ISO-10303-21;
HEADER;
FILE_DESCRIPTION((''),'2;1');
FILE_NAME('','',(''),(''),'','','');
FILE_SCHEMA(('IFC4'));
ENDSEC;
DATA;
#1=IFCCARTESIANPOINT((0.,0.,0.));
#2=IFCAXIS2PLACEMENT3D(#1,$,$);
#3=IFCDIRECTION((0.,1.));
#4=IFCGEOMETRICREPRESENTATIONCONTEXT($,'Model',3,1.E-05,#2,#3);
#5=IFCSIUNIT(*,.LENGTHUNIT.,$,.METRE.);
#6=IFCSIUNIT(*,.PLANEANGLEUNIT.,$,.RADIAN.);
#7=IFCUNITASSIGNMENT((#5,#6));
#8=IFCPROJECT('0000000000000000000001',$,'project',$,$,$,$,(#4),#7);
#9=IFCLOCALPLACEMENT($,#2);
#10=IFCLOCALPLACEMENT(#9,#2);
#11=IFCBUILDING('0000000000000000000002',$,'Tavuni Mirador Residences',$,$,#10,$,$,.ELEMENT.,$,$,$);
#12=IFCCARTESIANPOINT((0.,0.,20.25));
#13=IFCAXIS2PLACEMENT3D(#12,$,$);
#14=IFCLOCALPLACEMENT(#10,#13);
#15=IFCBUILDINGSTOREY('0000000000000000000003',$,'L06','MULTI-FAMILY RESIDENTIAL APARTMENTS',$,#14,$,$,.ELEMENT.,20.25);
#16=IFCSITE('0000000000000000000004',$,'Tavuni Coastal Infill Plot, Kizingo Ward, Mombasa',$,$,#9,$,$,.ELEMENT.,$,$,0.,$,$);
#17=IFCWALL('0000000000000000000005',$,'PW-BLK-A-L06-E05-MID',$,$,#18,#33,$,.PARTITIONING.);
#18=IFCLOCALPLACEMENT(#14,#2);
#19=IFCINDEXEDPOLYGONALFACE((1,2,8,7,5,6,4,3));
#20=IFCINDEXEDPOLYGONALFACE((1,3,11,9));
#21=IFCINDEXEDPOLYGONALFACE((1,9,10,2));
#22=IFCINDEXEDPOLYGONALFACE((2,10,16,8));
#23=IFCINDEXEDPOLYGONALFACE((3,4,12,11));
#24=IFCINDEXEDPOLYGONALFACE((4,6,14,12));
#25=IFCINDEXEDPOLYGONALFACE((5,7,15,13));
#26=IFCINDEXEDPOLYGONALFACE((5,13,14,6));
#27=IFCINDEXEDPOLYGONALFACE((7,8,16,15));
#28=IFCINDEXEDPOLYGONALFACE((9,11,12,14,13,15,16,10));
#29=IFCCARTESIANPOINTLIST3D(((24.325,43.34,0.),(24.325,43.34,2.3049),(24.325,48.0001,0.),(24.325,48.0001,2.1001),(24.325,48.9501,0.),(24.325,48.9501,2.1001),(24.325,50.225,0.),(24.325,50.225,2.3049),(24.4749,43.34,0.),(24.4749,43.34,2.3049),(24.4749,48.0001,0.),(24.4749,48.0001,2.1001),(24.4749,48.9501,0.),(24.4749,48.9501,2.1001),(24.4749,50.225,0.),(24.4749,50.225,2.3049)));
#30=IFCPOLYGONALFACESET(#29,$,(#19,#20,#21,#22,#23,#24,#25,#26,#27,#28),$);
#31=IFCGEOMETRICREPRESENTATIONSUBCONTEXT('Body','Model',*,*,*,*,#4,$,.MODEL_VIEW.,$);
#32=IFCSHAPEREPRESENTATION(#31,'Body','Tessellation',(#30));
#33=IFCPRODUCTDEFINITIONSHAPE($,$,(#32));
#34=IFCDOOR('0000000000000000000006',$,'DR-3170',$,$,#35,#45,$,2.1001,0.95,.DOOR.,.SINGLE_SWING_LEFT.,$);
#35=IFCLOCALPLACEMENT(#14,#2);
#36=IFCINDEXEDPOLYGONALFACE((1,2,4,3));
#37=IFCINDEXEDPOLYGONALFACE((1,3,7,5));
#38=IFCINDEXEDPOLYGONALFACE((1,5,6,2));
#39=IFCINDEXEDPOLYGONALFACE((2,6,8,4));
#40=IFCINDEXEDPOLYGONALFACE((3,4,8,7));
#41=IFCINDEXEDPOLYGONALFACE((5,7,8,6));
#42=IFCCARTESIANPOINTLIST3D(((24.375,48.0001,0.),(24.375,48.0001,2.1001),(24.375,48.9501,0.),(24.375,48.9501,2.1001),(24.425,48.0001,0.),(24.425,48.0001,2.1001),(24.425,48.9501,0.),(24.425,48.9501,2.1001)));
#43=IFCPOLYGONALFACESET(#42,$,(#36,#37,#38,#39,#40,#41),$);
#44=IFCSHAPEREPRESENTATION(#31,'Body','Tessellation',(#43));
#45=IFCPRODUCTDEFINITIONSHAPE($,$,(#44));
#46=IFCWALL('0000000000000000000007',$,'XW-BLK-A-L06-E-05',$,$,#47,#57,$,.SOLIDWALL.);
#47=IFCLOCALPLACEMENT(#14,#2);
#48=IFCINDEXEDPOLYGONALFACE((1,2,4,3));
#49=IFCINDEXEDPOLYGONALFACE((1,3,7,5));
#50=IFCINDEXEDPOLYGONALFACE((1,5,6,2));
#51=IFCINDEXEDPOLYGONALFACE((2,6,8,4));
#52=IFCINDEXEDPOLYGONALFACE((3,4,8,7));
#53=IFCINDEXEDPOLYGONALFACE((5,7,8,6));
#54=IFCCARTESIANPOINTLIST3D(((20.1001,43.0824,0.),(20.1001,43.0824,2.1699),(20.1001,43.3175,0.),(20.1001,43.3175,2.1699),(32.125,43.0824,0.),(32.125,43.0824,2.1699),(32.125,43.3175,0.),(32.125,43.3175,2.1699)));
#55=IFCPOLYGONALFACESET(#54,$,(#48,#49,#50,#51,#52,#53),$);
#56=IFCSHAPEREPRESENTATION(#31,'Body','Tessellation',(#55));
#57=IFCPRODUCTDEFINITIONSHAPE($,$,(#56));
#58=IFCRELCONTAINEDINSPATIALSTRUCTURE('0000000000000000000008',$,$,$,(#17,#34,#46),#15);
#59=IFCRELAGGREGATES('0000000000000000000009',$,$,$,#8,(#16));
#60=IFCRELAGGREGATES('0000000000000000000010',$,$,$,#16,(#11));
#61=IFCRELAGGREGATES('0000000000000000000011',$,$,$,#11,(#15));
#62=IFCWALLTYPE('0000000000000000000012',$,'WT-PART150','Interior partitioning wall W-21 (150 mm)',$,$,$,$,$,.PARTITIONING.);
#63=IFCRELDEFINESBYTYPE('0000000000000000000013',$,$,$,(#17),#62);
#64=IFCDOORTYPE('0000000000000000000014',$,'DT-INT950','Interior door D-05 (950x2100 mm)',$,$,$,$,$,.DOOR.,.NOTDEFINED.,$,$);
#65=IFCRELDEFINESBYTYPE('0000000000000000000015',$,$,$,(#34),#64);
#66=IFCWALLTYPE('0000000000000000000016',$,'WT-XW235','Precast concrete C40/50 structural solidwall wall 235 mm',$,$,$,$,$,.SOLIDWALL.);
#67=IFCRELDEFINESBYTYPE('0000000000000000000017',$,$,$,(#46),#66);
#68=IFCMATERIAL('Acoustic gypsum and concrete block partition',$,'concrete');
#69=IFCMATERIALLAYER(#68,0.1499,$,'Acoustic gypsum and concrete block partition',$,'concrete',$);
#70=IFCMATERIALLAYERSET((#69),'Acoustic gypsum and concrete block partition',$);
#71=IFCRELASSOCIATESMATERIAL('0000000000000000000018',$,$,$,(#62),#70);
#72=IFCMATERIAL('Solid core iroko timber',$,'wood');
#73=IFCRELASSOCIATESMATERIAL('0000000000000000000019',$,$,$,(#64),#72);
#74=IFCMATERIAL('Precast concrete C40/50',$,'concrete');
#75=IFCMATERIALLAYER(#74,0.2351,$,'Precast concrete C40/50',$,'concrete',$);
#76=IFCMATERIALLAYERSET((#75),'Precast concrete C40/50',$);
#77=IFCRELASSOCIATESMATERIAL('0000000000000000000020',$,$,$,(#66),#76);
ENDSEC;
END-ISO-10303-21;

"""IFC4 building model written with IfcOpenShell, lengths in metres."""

from ifc_helpers import new_model, si_unit, direction, frame, frame_2d, origin, place, context, subcontext, project, spatial, rectangle, extrude, material, layer, layer_set, type_object, element, fill, save


model = new_model("IFC4")

# Units and contexts
model_context = context("Model", 3, precision=1e-05, world=origin(), true_north=direction((0.0, 1.0)))
body_context = subcontext(model_context, "Body", "Model", "MODEL_VIEW")
ifc_project = project(units=[si_unit("LENGTHUNIT", "METRE"), si_unit("PLANEANGLEUNIT", "RADIAN")], contexts=[model_context])

# Site, building, storey
site_placement = place(None, origin())
site = spatial("IfcSite", under=ifc_project, at=site_placement, Name="Tavuni Coastal Infill Plot, Kizingo Ward, Mombasa", CompositionType="ELEMENT", RefElevation=0.0)
building_placement = place(site_placement, origin())
building = spatial("IfcBuilding", under=site, at=building_placement, Name="Tavuni Mirador Residences", CompositionType="ELEMENT")
storey_placement = place(building_placement, frame((0.0, 0.0, 20.25)))
storey = spatial("IfcBuildingStorey", under=building, at=storey_placement, Name="L06", Description="MULTI-FAMILY RESIDENTIAL APARTMENTS", CompositionType="ELEMENT", Elevation=20.25)

# Shared definitions
ifc_material_1 = material(Name="Precast concrete C40/50", Category="concrete")

# Wall, opening, door
ifc_material_2 = material(Name="Solid core iroko timber", Category="wood")
ifc_material_3 = material(Name="Acoustic gypsum and concrete block partition", Category="concrete")
ifc_layer_1 = layer(ifc_material_3, 0.1499, Name="Acoustic gypsum and concrete block partition", Category="concrete")
ifc_layer_set_1 = layer_set([ifc_layer_1], Name="Acoustic gypsum and concrete block partition")
wall_type_1 = type_object("IfcWallType", Name="WT-PART150", Description="Interior partitioning wall W-21 (150 mm)", PredefinedType="PARTITIONING", material=ifc_layer_set_1)
door_type_1 = type_object("IfcDoorType", Name="DT-INT950", Description="Interior door D-05 (950x2100 mm)", OperationType="NOTDEFINED", PredefinedType="DOOR", material=ifc_material_2)
wall_1_placement = place(storey_placement, frame((24.3999, 43.3401, 0.0), z_axis=(0.0, 0.0, 1.0), x_axis=(0.0, 1.0, 0.0)))
wall_1 = element("IfcWall", 1, at=wall_1_placement, inside=storey, type_object=wall_type_1, Name="PW-BLK-A-L06-E05-MID", PredefinedType="PARTITIONING", context=body_context, shape_type="SweptSolid", body=[
    extrude(rectangle(XDim=6.885, YDim=0.1499, at=frame_2d((3.4424, 0.0))), origin(), (0.0, 0.0, 1.0), 2.3049),
])
opening_1_placement = place(wall_1_placement, frame((4.6599, 0.0, 0.0)))
opening_1 = element("IfcOpeningElement", 2, at=opening_1_placement, cuts=wall_1, PredefinedType="OPENING", context=body_context, shape_type="SweptSolid", body=[
    extrude(rectangle(XDim=0.95, YDim=2.1001, at=frame_2d((0.4751, 1.05))), frame((0.0, 0.085, 0.0), z_axis=(0.0, -1.0, 0.0), x_axis=(1.0, 0.0, 0.0)), (0.0, 0.0, 1.0), 0.1699),
])
door_1_placement = place(opening_1_placement, origin())
door_1 = element("IfcDoor", 3, at=door_1_placement, inside=storey, type_object=door_type_1, Name="DR-3170", OperationType="SINGLE_SWING_LEFT", OverallHeight=2.1001, OverallWidth=0.95, PredefinedType="DOOR", context=body_context, shape_type="SweptSolid", body=[
    extrude(rectangle(XDim=0.95, YDim=2.1001, at=frame_2d((0.4751, 1.05))), frame((0.0, 0.0249, 0.0), z_axis=(0.0, -1.0, 0.0), x_axis=(1.0, 0.0, 0.0)), (0.0, 0.0, 1.0), 0.05),
])
fill(opening_1, door_1)

# Wall
ifc_layer_2 = layer(ifc_material_1, 0.2351, Name="Precast concrete C40/50", Category="concrete")
ifc_layer_set_2 = layer_set([ifc_layer_2], Name="Precast concrete C40/50")
wall_type_2 = type_object("IfcWallType", Name="WT-XW235", Description="Precast concrete C40/50 structural solidwall wall 235 mm", PredefinedType="SOLIDWALL", material=ifc_layer_set_2)
wall_2_placement = place(storey_placement, frame((20.1001, 43.2, 0.0), z_axis=(0.0, 0.0, 1.0), x_axis=(1.0, 0.0, 0.0)))
element("IfcWall", 4, at=wall_2_placement, inside=storey, type_object=wall_type_2, Name="XW-BLK-A-L06-E-05", PredefinedType="SOLIDWALL", context=body_context, shape_type="SweptSolid", body=[
    extrude(rectangle(XDim=12.0249, YDim=0.2351, at=frame_2d((6.0125, 0.0))), origin(), (0.0, 0.0, 1.0), 2.1699),
])

save(model, "model.ifc")
